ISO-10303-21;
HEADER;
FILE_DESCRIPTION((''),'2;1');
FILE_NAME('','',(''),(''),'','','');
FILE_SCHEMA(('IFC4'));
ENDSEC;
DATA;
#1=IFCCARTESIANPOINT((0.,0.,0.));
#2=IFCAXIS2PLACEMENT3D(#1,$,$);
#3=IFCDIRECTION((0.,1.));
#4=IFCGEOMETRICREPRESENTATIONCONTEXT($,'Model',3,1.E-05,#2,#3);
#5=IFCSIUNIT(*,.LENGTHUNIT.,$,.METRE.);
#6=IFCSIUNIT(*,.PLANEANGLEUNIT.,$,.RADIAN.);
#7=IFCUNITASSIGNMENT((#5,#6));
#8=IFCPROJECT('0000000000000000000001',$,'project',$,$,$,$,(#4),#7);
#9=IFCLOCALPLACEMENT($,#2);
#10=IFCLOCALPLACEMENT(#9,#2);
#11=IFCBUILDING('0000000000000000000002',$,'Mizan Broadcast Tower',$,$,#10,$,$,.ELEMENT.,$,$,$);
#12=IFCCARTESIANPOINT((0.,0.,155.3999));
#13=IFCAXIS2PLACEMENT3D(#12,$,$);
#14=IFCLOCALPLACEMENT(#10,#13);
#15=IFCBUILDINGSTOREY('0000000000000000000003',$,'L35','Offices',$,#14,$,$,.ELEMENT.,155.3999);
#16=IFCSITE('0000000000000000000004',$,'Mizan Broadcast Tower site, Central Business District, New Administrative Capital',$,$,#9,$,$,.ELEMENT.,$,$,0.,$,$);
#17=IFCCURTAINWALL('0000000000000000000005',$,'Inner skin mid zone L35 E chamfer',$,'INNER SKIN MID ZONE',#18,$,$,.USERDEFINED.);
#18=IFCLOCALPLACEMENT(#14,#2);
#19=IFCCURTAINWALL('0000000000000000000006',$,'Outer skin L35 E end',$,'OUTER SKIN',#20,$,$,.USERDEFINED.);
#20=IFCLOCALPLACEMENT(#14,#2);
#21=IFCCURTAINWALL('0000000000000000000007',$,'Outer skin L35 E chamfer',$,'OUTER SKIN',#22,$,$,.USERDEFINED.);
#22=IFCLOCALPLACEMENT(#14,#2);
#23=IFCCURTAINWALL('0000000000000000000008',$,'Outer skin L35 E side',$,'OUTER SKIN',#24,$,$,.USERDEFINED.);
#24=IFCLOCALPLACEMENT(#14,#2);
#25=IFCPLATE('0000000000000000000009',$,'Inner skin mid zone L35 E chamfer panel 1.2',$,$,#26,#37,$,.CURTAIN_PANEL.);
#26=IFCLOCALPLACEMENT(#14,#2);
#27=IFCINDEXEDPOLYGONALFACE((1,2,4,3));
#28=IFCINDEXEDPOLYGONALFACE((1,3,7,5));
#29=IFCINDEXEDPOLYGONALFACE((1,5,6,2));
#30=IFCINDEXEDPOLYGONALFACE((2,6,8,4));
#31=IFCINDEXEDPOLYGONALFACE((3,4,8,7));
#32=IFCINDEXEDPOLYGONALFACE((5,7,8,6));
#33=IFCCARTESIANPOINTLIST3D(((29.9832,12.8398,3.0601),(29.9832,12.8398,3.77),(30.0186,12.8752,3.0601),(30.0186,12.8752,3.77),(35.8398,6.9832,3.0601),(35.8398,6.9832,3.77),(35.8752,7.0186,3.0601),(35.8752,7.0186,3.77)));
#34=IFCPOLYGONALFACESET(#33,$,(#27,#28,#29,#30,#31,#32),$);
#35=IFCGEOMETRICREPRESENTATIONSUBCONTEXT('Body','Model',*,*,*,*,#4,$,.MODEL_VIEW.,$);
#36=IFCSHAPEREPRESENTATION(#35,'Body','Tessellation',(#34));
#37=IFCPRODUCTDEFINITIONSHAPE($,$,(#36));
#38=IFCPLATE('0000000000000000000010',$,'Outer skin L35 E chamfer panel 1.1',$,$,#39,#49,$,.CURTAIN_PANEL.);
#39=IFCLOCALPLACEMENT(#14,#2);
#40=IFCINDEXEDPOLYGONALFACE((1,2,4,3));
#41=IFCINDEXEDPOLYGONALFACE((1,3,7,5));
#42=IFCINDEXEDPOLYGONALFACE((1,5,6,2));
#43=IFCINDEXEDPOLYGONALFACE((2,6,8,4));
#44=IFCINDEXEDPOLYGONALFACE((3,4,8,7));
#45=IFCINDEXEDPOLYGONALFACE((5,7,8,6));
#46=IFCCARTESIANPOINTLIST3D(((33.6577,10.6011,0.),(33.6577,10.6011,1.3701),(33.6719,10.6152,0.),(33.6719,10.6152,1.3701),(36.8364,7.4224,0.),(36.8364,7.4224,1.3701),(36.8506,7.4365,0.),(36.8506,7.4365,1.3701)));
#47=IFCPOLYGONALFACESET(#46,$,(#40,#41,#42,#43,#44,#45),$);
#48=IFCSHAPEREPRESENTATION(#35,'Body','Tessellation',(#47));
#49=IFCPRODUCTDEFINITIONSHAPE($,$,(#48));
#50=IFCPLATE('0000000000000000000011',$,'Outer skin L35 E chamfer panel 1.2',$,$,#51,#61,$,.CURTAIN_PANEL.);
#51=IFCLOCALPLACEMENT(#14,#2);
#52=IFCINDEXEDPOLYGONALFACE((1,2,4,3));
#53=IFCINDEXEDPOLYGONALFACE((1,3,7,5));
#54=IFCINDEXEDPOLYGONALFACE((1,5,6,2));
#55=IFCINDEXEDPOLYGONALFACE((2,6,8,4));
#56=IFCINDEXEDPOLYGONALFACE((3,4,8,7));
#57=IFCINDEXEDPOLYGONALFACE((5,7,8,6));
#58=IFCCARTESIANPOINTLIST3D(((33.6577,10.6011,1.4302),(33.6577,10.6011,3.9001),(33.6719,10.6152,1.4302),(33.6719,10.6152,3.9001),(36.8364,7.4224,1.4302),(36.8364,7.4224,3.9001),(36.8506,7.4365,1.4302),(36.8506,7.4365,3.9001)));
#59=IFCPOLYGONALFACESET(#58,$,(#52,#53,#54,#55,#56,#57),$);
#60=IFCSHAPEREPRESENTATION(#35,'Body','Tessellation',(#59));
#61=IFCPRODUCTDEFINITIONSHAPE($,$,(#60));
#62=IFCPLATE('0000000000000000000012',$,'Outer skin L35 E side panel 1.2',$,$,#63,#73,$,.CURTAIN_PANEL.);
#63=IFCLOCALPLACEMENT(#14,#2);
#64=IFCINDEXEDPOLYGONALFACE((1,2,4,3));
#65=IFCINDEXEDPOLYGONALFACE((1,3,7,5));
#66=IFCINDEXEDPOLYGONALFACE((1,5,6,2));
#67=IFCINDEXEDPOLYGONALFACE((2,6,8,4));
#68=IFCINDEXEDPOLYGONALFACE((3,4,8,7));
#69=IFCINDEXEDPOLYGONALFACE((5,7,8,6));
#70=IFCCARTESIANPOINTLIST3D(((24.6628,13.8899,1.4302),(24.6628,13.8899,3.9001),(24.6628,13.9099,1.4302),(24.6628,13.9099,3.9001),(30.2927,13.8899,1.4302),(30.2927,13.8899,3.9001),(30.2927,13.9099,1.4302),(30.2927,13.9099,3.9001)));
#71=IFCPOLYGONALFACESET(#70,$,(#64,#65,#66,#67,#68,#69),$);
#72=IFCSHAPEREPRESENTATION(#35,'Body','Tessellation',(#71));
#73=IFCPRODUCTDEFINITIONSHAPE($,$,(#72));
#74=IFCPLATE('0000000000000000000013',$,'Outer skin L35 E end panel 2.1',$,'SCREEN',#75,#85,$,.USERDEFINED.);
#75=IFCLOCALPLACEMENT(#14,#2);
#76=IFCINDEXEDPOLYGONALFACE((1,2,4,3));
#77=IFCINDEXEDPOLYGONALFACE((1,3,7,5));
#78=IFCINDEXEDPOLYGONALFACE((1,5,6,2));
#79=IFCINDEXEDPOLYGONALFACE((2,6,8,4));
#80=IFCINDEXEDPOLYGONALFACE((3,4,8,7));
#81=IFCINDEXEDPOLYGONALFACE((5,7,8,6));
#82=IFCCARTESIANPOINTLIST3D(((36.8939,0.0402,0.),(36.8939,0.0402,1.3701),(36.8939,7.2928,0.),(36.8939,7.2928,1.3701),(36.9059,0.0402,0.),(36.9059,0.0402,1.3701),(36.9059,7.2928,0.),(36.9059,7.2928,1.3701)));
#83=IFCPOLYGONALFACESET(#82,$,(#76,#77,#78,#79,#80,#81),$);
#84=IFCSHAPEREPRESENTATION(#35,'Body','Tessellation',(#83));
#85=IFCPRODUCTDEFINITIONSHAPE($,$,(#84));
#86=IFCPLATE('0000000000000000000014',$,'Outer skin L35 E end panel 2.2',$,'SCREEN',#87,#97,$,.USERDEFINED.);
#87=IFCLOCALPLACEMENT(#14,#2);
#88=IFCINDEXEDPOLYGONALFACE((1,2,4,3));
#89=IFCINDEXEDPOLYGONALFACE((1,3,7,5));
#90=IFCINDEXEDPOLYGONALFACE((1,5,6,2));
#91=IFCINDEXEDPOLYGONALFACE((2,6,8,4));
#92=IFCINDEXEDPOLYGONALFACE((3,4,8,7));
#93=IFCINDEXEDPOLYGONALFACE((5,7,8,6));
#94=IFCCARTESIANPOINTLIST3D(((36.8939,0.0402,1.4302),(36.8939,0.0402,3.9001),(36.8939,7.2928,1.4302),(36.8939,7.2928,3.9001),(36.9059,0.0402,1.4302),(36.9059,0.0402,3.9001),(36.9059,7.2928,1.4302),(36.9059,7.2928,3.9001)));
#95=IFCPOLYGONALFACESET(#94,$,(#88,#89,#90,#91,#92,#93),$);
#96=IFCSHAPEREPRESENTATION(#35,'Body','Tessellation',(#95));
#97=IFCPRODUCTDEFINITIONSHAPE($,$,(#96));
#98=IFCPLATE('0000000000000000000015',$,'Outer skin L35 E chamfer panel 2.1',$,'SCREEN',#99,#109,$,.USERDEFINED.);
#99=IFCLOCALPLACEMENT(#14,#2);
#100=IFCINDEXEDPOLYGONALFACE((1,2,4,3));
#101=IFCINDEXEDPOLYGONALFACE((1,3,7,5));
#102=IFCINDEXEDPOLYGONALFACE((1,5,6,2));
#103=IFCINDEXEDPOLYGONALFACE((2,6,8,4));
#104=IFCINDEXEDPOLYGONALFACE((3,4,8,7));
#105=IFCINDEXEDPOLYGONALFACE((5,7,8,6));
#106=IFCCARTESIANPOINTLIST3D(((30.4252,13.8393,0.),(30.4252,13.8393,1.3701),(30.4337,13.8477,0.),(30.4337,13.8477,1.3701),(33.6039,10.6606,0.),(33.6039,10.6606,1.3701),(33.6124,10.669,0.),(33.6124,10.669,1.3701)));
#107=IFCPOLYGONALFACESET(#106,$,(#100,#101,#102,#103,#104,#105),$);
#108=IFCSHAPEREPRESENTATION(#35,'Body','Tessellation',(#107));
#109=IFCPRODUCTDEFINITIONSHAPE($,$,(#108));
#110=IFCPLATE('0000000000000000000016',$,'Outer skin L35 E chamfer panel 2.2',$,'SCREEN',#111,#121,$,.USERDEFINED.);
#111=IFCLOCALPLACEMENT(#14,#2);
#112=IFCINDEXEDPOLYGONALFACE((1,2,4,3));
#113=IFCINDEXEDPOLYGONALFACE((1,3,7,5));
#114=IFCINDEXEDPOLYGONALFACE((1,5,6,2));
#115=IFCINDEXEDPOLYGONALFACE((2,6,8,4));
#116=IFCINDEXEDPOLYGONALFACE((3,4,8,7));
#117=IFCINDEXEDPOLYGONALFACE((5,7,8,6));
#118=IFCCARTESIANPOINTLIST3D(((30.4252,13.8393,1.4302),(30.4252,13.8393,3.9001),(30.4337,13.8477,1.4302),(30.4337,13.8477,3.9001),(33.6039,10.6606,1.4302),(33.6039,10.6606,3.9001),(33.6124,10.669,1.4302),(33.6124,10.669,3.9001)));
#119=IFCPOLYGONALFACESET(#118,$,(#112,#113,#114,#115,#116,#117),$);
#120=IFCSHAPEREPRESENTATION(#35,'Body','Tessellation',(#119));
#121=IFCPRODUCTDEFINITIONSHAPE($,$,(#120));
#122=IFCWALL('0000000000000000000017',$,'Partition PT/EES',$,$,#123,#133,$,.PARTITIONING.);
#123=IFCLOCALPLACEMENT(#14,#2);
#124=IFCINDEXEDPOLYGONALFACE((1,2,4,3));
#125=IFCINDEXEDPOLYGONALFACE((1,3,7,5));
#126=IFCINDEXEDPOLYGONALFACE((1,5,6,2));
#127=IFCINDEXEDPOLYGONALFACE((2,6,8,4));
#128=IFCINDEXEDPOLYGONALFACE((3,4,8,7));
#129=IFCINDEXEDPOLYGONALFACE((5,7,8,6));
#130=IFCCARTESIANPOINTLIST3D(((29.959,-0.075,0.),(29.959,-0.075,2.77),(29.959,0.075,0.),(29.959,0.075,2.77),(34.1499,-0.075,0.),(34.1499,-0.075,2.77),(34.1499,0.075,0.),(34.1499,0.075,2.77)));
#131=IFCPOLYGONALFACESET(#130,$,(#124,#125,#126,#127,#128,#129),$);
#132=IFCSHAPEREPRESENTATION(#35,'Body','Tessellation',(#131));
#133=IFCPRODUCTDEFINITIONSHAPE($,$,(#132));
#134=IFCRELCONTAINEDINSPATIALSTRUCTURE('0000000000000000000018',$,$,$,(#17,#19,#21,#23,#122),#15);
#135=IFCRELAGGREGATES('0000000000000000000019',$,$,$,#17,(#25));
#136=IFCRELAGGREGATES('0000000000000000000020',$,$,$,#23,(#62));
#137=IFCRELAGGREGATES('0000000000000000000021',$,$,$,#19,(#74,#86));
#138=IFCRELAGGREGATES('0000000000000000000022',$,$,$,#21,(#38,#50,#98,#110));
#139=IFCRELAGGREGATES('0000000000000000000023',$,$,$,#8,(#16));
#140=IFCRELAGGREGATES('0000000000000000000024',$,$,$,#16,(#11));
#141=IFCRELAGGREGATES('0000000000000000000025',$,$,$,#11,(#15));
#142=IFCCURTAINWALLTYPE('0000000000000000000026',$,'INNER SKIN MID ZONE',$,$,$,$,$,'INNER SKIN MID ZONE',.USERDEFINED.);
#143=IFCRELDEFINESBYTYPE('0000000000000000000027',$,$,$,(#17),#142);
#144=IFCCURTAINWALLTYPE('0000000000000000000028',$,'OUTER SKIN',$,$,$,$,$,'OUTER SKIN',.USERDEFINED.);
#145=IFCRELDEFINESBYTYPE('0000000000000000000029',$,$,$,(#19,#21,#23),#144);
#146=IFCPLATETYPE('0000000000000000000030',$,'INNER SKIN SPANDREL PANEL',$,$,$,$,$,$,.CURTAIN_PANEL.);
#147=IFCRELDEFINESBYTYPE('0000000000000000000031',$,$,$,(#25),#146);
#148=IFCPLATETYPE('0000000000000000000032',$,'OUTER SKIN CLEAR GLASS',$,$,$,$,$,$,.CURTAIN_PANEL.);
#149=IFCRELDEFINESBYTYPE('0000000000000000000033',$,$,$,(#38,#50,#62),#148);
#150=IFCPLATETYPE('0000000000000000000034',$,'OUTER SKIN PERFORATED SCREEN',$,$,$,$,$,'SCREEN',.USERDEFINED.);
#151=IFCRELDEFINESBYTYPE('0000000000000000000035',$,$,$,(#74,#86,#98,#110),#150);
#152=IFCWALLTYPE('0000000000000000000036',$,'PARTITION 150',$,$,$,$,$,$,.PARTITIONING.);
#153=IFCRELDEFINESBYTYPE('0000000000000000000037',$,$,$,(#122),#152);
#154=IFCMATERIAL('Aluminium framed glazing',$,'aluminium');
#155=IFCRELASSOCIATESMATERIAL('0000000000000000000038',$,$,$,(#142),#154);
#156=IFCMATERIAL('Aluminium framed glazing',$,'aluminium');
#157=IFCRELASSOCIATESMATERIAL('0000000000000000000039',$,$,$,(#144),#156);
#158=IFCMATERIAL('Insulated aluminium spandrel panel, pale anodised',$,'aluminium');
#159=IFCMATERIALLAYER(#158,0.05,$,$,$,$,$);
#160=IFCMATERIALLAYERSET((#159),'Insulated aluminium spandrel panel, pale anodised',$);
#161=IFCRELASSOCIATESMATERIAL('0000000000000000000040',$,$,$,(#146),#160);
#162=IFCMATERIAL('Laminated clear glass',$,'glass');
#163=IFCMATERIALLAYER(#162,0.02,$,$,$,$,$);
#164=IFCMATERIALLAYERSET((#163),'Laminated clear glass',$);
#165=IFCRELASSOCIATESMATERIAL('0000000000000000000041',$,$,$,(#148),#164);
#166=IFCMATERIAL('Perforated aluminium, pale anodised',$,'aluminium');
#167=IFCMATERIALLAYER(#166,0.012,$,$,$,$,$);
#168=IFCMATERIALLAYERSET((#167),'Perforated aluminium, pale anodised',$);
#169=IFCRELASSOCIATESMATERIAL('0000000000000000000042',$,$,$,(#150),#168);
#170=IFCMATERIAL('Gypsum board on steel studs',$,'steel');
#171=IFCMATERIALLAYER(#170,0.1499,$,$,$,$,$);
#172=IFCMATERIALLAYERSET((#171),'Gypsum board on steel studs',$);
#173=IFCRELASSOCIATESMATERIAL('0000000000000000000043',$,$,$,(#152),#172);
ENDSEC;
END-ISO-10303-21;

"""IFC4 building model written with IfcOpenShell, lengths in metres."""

from ifc_helpers import new_model, si_unit, direction, frame, frame_2d, origin, origin_2d, place, context, subcontext, project, spatial, rectangle, extrude, material, layer, layer_set, type_object, element, aggregate, save


model = new_model("IFC4")

# Units and contexts
model_context = context("Model", 3, precision=1e-05, world=origin(), true_north=direction((0.0, 1.0)))
body_context = subcontext(model_context, "Body", "Model", "MODEL_VIEW")
ifc_project = project(units=[si_unit("LENGTHUNIT", "METRE"), si_unit("PLANEANGLEUNIT", "RADIAN")], contexts=[model_context])

# Site, building, storey
site_placement = place(None, origin())
site = spatial("IfcSite", under=ifc_project, at=site_placement, Name="Mizan Broadcast Tower site, Central Business District, New Administrative Capital", CompositionType="ELEMENT", RefElevation=0.0)
building_placement = place(site_placement, origin())
building = spatial("IfcBuilding", under=site, at=building_placement, Name="Mizan Broadcast Tower", CompositionType="ELEMENT")
storey_placement = place(building_placement, frame((0.0, 0.0, 155.3999)))
storey = spatial("IfcBuildingStorey", under=building, at=storey_placement, Name="L35", Description="Offices", CompositionType="ELEMENT", Elevation=155.3999)

# Shared definitions
ifc_material_1 = material(Name="Aluminium framed glazing", Category="aluminium")
curtain_wall_type_1 = type_object("IfcCurtainWallType", Name="INNER SKIN MID ZONE", ElementType="INNER SKIN MID ZONE", PredefinedType="USERDEFINED", material=ifc_material_1)

# Curtain wall
curtain_wall_1_placement = place(storey_placement, origin())
curtain_wall_1 = element("IfcCurtainWall", 1, at=curtain_wall_1_placement, inside=storey, type_object=curtain_wall_type_1, Name="Inner skin mid zone L35 E chamfer", ObjectType="INNER SKIN MID ZONE", PredefinedType="USERDEFINED")

# Curtain walls
ifc_material_2 = material(Name="Aluminium framed glazing", Category="aluminium")
curtain_wall_type_2 = type_object("IfcCurtainWallType", Name="OUTER SKIN", ElementType="OUTER SKIN", PredefinedType="USERDEFINED", material=ifc_material_2)
curtain_wall_2_placement = place(storey_placement, origin())
curtain_wall_2 = element("IfcCurtainWall", 2, at=curtain_wall_2_placement, inside=storey, type_object=curtain_wall_type_2, Name="Outer skin L35 E end", ObjectType="OUTER SKIN", PredefinedType="USERDEFINED")
curtain_wall_3_placement = place(storey_placement, origin())
curtain_wall_3 = element("IfcCurtainWall", 3, at=curtain_wall_3_placement, inside=storey, type_object=curtain_wall_type_2, Name="Outer skin L35 E chamfer", ObjectType="OUTER SKIN", PredefinedType="USERDEFINED")

# Curtain wall
curtain_wall_4_placement = place(storey_placement, origin())
curtain_wall_4 = element("IfcCurtainWall", 4, at=curtain_wall_4_placement, inside=storey, type_object=curtain_wall_type_2, Name="Outer skin L35 E side", ObjectType="OUTER SKIN", PredefinedType="USERDEFINED")

# Plates
ifc_material_3 = material(Name="Insulated aluminium spandrel panel, pale anodised", Category="aluminium")
ifc_layer_1 = layer(ifc_material_3, 0.05)
ifc_layer_set_1 = layer_set([ifc_layer_1], Name="Insulated aluminium spandrel panel, pale anodised")
plate_type_1 = type_object("IfcPlateType", Name="INNER SKIN SPANDREL PANEL", PredefinedType="CURTAIN_PANEL", material=ifc_layer_set_1)
plate_1_placement = place(storey_placement, frame((32.9292, 9.9292, 3.0601), z_axis=(0.0, 0.0, 1.0), x_axis=(-0.707107, 0.707107, 0.0)))
plate_1 = element("IfcPlate", 5, at=plate_1_placement, type_object=plate_type_1, Name="Inner skin mid zone L35 E chamfer panel 1.2", PredefinedType="CURTAIN_PANEL", context=body_context, shape_type="SweptSolid", body=[
    extrude(rectangle(XDim=8.2825, YDim=0.05, at=origin_2d()), origin(), (0.0, 0.0, 1.0), 0.71),
])
aggregate(curtain_wall_1, [plate_1])
ifc_material_4 = material(Name="Laminated clear glass", Category="glass")
ifc_layer_2 = layer(ifc_material_4, 0.02)
ifc_layer_set_2 = layer_set([ifc_layer_2], Name="Laminated clear glass")
plate_type_2 = type_object("IfcPlateType", Name="OUTER SKIN CLEAR GLASS", PredefinedType="CURTAIN_PANEL", material=ifc_layer_set_2)
plate_2_placement = place(storey_placement, frame((35.2542, 9.0188, 0.0), z_axis=(0.0, 0.0, 1.0), x_axis=(-0.707107, 0.707107, 0.0)))
plate_2 = element("IfcPlate", 6, at=plate_2_placement, type_object=plate_type_2, Name="Outer skin L35 E chamfer panel 1.1", PredefinedType="CURTAIN_PANEL", context=body_context, shape_type="SweptSolid", body=[
    extrude(rectangle(XDim=4.4954, YDim=0.02, at=origin_2d()), origin(), (0.0, 0.0, 1.0), 1.3701),
])
plate_3_placement = place(storey_placement, frame((35.2542, 9.0188, 1.4302), z_axis=(0.0, 0.0, 1.0), x_axis=(-0.707107, 0.707107, 0.0)))
plate_3 = element("IfcPlate", 7, at=plate_3_placement, type_object=plate_type_2, Name="Outer skin L35 E chamfer panel 1.2", PredefinedType="CURTAIN_PANEL", context=body_context, shape_type="SweptSolid", body=[
    extrude(rectangle(XDim=4.4954, YDim=0.02, at=origin_2d()), origin(), (0.0, 0.0, 1.0), 2.47),
])
plate_4_placement = place(storey_placement, frame((27.4778, 13.8999, 1.4302), z_axis=(0.0, 0.0, 1.0), x_axis=(-1.0, 0.0, 0.0)))
plate_4 = element("IfcPlate", 8, at=plate_4_placement, type_object=plate_type_2, Name="Outer skin L35 E side panel 1.2", PredefinedType="CURTAIN_PANEL", context=body_context, shape_type="SweptSolid", body=[
    extrude(rectangle(XDim=5.6299, YDim=0.02, at=origin_2d()), origin(), (0.0, 0.0, 1.0), 2.47),
])
aggregate(curtain_wall_4, [plate_4])
ifc_material_5 = material(Name="Perforated aluminium, pale anodised", Category="aluminium")
ifc_layer_3 = layer(ifc_material_5, 0.012)
ifc_layer_set_3 = layer_set([ifc_layer_3], Name="Perforated aluminium, pale anodised")
plate_type_3 = type_object("IfcPlateType", Name="OUTER SKIN PERFORATED SCREEN", ElementType="SCREEN", PredefinedType="USERDEFINED", material=ifc_layer_set_3)
plate_5_placement = place(storey_placement, frame((36.8999, 3.6665, 0.0), z_axis=(0.0, 0.0, 1.0), x_axis=(0.0, 1.0, 0.0)))
plate_5 = element("IfcPlate", 9, at=plate_5_placement, type_object=plate_type_3, Name="Outer skin L35 E end panel 2.1", ObjectType="SCREEN", PredefinedType="USERDEFINED", context=body_context, shape_type="SweptSolid", body=[
    extrude(rectangle(XDim=7.2527, YDim=0.012, at=origin_2d()), origin(), (0.0, 0.0, 1.0), 1.3701),
])
plate_6_placement = place(storey_placement, frame((36.8999, 3.6665, 1.4302), z_axis=(0.0, 0.0, 1.0), x_axis=(0.0, 1.0, 0.0)))
plate_6 = element("IfcPlate", 10, at=plate_6_placement, type_object=plate_type_3, Name="Outer skin L35 E end panel 2.2", ObjectType="SCREEN", PredefinedType="USERDEFINED", context=body_context, shape_type="SweptSolid", body=[
    extrude(rectangle(XDim=7.2527, YDim=0.012, at=origin_2d()), origin(), (0.0, 0.0, 1.0), 2.47),
])
aggregate(curtain_wall_2, [plate_5, plate_6])
plate_7_placement = place(storey_placement, frame((32.0188, 12.2542, 0.0), z_axis=(0.0, 0.0, 1.0), x_axis=(-0.707107, 0.707107, 0.0)))
plate_7 = element("IfcPlate", 11, at=plate_7_placement, type_object=plate_type_3, Name="Outer skin L35 E chamfer panel 2.1", ObjectType="SCREEN", PredefinedType="USERDEFINED", context=body_context, shape_type="SweptSolid", body=[
    extrude(rectangle(XDim=4.4954, YDim=0.012, at=origin_2d()), origin(), (0.0, 0.0, 1.0), 1.3701),
])
plate_8_placement = place(storey_placement, frame((32.0188, 12.2542, 1.4302), z_axis=(0.0, 0.0, 1.0), x_axis=(-0.707107, 0.707107, 0.0)))
plate_8 = element("IfcPlate", 12, at=plate_8_placement, type_object=plate_type_3, Name="Outer skin L35 E chamfer panel 2.2", ObjectType="SCREEN", PredefinedType="USERDEFINED", context=body_context, shape_type="SweptSolid", body=[
    extrude(rectangle(XDim=4.4954, YDim=0.012, at=origin_2d()), origin(), (0.0, 0.0, 1.0), 2.47),
])
aggregate(curtain_wall_3, [plate_2, plate_3, plate_7, plate_8])

# Wall
ifc_material_6 = material(Name="Gypsum board on steel studs", Category="steel")
ifc_layer_4 = layer(ifc_material_6, 0.1499)
ifc_layer_set_4 = layer_set([ifc_layer_4], Name="Gypsum board on steel studs")
wall_type = type_object("IfcWallType", Name="PARTITION 150", PredefinedType="PARTITIONING", material=ifc_layer_set_4)
wall_placement = place(storey_placement, frame((29.959, 0.0, 0.0), z_axis=(0.0, 0.0, 1.0), x_axis=(1.0, 0.0, 0.0)))
element("IfcWall", 13, at=wall_placement, inside=storey, type_object=wall_type, Name="Partition PT/EES", PredefinedType="PARTITIONING", context=body_context, shape_type="SweptSolid", body=[
    extrude(rectangle(XDim=4.1909, YDim=0.1499, at=frame_2d((2.0955, 0.0))), origin(), (0.0, 0.0, 1.0), 2.77),
])

save(model, "model.ifc")
